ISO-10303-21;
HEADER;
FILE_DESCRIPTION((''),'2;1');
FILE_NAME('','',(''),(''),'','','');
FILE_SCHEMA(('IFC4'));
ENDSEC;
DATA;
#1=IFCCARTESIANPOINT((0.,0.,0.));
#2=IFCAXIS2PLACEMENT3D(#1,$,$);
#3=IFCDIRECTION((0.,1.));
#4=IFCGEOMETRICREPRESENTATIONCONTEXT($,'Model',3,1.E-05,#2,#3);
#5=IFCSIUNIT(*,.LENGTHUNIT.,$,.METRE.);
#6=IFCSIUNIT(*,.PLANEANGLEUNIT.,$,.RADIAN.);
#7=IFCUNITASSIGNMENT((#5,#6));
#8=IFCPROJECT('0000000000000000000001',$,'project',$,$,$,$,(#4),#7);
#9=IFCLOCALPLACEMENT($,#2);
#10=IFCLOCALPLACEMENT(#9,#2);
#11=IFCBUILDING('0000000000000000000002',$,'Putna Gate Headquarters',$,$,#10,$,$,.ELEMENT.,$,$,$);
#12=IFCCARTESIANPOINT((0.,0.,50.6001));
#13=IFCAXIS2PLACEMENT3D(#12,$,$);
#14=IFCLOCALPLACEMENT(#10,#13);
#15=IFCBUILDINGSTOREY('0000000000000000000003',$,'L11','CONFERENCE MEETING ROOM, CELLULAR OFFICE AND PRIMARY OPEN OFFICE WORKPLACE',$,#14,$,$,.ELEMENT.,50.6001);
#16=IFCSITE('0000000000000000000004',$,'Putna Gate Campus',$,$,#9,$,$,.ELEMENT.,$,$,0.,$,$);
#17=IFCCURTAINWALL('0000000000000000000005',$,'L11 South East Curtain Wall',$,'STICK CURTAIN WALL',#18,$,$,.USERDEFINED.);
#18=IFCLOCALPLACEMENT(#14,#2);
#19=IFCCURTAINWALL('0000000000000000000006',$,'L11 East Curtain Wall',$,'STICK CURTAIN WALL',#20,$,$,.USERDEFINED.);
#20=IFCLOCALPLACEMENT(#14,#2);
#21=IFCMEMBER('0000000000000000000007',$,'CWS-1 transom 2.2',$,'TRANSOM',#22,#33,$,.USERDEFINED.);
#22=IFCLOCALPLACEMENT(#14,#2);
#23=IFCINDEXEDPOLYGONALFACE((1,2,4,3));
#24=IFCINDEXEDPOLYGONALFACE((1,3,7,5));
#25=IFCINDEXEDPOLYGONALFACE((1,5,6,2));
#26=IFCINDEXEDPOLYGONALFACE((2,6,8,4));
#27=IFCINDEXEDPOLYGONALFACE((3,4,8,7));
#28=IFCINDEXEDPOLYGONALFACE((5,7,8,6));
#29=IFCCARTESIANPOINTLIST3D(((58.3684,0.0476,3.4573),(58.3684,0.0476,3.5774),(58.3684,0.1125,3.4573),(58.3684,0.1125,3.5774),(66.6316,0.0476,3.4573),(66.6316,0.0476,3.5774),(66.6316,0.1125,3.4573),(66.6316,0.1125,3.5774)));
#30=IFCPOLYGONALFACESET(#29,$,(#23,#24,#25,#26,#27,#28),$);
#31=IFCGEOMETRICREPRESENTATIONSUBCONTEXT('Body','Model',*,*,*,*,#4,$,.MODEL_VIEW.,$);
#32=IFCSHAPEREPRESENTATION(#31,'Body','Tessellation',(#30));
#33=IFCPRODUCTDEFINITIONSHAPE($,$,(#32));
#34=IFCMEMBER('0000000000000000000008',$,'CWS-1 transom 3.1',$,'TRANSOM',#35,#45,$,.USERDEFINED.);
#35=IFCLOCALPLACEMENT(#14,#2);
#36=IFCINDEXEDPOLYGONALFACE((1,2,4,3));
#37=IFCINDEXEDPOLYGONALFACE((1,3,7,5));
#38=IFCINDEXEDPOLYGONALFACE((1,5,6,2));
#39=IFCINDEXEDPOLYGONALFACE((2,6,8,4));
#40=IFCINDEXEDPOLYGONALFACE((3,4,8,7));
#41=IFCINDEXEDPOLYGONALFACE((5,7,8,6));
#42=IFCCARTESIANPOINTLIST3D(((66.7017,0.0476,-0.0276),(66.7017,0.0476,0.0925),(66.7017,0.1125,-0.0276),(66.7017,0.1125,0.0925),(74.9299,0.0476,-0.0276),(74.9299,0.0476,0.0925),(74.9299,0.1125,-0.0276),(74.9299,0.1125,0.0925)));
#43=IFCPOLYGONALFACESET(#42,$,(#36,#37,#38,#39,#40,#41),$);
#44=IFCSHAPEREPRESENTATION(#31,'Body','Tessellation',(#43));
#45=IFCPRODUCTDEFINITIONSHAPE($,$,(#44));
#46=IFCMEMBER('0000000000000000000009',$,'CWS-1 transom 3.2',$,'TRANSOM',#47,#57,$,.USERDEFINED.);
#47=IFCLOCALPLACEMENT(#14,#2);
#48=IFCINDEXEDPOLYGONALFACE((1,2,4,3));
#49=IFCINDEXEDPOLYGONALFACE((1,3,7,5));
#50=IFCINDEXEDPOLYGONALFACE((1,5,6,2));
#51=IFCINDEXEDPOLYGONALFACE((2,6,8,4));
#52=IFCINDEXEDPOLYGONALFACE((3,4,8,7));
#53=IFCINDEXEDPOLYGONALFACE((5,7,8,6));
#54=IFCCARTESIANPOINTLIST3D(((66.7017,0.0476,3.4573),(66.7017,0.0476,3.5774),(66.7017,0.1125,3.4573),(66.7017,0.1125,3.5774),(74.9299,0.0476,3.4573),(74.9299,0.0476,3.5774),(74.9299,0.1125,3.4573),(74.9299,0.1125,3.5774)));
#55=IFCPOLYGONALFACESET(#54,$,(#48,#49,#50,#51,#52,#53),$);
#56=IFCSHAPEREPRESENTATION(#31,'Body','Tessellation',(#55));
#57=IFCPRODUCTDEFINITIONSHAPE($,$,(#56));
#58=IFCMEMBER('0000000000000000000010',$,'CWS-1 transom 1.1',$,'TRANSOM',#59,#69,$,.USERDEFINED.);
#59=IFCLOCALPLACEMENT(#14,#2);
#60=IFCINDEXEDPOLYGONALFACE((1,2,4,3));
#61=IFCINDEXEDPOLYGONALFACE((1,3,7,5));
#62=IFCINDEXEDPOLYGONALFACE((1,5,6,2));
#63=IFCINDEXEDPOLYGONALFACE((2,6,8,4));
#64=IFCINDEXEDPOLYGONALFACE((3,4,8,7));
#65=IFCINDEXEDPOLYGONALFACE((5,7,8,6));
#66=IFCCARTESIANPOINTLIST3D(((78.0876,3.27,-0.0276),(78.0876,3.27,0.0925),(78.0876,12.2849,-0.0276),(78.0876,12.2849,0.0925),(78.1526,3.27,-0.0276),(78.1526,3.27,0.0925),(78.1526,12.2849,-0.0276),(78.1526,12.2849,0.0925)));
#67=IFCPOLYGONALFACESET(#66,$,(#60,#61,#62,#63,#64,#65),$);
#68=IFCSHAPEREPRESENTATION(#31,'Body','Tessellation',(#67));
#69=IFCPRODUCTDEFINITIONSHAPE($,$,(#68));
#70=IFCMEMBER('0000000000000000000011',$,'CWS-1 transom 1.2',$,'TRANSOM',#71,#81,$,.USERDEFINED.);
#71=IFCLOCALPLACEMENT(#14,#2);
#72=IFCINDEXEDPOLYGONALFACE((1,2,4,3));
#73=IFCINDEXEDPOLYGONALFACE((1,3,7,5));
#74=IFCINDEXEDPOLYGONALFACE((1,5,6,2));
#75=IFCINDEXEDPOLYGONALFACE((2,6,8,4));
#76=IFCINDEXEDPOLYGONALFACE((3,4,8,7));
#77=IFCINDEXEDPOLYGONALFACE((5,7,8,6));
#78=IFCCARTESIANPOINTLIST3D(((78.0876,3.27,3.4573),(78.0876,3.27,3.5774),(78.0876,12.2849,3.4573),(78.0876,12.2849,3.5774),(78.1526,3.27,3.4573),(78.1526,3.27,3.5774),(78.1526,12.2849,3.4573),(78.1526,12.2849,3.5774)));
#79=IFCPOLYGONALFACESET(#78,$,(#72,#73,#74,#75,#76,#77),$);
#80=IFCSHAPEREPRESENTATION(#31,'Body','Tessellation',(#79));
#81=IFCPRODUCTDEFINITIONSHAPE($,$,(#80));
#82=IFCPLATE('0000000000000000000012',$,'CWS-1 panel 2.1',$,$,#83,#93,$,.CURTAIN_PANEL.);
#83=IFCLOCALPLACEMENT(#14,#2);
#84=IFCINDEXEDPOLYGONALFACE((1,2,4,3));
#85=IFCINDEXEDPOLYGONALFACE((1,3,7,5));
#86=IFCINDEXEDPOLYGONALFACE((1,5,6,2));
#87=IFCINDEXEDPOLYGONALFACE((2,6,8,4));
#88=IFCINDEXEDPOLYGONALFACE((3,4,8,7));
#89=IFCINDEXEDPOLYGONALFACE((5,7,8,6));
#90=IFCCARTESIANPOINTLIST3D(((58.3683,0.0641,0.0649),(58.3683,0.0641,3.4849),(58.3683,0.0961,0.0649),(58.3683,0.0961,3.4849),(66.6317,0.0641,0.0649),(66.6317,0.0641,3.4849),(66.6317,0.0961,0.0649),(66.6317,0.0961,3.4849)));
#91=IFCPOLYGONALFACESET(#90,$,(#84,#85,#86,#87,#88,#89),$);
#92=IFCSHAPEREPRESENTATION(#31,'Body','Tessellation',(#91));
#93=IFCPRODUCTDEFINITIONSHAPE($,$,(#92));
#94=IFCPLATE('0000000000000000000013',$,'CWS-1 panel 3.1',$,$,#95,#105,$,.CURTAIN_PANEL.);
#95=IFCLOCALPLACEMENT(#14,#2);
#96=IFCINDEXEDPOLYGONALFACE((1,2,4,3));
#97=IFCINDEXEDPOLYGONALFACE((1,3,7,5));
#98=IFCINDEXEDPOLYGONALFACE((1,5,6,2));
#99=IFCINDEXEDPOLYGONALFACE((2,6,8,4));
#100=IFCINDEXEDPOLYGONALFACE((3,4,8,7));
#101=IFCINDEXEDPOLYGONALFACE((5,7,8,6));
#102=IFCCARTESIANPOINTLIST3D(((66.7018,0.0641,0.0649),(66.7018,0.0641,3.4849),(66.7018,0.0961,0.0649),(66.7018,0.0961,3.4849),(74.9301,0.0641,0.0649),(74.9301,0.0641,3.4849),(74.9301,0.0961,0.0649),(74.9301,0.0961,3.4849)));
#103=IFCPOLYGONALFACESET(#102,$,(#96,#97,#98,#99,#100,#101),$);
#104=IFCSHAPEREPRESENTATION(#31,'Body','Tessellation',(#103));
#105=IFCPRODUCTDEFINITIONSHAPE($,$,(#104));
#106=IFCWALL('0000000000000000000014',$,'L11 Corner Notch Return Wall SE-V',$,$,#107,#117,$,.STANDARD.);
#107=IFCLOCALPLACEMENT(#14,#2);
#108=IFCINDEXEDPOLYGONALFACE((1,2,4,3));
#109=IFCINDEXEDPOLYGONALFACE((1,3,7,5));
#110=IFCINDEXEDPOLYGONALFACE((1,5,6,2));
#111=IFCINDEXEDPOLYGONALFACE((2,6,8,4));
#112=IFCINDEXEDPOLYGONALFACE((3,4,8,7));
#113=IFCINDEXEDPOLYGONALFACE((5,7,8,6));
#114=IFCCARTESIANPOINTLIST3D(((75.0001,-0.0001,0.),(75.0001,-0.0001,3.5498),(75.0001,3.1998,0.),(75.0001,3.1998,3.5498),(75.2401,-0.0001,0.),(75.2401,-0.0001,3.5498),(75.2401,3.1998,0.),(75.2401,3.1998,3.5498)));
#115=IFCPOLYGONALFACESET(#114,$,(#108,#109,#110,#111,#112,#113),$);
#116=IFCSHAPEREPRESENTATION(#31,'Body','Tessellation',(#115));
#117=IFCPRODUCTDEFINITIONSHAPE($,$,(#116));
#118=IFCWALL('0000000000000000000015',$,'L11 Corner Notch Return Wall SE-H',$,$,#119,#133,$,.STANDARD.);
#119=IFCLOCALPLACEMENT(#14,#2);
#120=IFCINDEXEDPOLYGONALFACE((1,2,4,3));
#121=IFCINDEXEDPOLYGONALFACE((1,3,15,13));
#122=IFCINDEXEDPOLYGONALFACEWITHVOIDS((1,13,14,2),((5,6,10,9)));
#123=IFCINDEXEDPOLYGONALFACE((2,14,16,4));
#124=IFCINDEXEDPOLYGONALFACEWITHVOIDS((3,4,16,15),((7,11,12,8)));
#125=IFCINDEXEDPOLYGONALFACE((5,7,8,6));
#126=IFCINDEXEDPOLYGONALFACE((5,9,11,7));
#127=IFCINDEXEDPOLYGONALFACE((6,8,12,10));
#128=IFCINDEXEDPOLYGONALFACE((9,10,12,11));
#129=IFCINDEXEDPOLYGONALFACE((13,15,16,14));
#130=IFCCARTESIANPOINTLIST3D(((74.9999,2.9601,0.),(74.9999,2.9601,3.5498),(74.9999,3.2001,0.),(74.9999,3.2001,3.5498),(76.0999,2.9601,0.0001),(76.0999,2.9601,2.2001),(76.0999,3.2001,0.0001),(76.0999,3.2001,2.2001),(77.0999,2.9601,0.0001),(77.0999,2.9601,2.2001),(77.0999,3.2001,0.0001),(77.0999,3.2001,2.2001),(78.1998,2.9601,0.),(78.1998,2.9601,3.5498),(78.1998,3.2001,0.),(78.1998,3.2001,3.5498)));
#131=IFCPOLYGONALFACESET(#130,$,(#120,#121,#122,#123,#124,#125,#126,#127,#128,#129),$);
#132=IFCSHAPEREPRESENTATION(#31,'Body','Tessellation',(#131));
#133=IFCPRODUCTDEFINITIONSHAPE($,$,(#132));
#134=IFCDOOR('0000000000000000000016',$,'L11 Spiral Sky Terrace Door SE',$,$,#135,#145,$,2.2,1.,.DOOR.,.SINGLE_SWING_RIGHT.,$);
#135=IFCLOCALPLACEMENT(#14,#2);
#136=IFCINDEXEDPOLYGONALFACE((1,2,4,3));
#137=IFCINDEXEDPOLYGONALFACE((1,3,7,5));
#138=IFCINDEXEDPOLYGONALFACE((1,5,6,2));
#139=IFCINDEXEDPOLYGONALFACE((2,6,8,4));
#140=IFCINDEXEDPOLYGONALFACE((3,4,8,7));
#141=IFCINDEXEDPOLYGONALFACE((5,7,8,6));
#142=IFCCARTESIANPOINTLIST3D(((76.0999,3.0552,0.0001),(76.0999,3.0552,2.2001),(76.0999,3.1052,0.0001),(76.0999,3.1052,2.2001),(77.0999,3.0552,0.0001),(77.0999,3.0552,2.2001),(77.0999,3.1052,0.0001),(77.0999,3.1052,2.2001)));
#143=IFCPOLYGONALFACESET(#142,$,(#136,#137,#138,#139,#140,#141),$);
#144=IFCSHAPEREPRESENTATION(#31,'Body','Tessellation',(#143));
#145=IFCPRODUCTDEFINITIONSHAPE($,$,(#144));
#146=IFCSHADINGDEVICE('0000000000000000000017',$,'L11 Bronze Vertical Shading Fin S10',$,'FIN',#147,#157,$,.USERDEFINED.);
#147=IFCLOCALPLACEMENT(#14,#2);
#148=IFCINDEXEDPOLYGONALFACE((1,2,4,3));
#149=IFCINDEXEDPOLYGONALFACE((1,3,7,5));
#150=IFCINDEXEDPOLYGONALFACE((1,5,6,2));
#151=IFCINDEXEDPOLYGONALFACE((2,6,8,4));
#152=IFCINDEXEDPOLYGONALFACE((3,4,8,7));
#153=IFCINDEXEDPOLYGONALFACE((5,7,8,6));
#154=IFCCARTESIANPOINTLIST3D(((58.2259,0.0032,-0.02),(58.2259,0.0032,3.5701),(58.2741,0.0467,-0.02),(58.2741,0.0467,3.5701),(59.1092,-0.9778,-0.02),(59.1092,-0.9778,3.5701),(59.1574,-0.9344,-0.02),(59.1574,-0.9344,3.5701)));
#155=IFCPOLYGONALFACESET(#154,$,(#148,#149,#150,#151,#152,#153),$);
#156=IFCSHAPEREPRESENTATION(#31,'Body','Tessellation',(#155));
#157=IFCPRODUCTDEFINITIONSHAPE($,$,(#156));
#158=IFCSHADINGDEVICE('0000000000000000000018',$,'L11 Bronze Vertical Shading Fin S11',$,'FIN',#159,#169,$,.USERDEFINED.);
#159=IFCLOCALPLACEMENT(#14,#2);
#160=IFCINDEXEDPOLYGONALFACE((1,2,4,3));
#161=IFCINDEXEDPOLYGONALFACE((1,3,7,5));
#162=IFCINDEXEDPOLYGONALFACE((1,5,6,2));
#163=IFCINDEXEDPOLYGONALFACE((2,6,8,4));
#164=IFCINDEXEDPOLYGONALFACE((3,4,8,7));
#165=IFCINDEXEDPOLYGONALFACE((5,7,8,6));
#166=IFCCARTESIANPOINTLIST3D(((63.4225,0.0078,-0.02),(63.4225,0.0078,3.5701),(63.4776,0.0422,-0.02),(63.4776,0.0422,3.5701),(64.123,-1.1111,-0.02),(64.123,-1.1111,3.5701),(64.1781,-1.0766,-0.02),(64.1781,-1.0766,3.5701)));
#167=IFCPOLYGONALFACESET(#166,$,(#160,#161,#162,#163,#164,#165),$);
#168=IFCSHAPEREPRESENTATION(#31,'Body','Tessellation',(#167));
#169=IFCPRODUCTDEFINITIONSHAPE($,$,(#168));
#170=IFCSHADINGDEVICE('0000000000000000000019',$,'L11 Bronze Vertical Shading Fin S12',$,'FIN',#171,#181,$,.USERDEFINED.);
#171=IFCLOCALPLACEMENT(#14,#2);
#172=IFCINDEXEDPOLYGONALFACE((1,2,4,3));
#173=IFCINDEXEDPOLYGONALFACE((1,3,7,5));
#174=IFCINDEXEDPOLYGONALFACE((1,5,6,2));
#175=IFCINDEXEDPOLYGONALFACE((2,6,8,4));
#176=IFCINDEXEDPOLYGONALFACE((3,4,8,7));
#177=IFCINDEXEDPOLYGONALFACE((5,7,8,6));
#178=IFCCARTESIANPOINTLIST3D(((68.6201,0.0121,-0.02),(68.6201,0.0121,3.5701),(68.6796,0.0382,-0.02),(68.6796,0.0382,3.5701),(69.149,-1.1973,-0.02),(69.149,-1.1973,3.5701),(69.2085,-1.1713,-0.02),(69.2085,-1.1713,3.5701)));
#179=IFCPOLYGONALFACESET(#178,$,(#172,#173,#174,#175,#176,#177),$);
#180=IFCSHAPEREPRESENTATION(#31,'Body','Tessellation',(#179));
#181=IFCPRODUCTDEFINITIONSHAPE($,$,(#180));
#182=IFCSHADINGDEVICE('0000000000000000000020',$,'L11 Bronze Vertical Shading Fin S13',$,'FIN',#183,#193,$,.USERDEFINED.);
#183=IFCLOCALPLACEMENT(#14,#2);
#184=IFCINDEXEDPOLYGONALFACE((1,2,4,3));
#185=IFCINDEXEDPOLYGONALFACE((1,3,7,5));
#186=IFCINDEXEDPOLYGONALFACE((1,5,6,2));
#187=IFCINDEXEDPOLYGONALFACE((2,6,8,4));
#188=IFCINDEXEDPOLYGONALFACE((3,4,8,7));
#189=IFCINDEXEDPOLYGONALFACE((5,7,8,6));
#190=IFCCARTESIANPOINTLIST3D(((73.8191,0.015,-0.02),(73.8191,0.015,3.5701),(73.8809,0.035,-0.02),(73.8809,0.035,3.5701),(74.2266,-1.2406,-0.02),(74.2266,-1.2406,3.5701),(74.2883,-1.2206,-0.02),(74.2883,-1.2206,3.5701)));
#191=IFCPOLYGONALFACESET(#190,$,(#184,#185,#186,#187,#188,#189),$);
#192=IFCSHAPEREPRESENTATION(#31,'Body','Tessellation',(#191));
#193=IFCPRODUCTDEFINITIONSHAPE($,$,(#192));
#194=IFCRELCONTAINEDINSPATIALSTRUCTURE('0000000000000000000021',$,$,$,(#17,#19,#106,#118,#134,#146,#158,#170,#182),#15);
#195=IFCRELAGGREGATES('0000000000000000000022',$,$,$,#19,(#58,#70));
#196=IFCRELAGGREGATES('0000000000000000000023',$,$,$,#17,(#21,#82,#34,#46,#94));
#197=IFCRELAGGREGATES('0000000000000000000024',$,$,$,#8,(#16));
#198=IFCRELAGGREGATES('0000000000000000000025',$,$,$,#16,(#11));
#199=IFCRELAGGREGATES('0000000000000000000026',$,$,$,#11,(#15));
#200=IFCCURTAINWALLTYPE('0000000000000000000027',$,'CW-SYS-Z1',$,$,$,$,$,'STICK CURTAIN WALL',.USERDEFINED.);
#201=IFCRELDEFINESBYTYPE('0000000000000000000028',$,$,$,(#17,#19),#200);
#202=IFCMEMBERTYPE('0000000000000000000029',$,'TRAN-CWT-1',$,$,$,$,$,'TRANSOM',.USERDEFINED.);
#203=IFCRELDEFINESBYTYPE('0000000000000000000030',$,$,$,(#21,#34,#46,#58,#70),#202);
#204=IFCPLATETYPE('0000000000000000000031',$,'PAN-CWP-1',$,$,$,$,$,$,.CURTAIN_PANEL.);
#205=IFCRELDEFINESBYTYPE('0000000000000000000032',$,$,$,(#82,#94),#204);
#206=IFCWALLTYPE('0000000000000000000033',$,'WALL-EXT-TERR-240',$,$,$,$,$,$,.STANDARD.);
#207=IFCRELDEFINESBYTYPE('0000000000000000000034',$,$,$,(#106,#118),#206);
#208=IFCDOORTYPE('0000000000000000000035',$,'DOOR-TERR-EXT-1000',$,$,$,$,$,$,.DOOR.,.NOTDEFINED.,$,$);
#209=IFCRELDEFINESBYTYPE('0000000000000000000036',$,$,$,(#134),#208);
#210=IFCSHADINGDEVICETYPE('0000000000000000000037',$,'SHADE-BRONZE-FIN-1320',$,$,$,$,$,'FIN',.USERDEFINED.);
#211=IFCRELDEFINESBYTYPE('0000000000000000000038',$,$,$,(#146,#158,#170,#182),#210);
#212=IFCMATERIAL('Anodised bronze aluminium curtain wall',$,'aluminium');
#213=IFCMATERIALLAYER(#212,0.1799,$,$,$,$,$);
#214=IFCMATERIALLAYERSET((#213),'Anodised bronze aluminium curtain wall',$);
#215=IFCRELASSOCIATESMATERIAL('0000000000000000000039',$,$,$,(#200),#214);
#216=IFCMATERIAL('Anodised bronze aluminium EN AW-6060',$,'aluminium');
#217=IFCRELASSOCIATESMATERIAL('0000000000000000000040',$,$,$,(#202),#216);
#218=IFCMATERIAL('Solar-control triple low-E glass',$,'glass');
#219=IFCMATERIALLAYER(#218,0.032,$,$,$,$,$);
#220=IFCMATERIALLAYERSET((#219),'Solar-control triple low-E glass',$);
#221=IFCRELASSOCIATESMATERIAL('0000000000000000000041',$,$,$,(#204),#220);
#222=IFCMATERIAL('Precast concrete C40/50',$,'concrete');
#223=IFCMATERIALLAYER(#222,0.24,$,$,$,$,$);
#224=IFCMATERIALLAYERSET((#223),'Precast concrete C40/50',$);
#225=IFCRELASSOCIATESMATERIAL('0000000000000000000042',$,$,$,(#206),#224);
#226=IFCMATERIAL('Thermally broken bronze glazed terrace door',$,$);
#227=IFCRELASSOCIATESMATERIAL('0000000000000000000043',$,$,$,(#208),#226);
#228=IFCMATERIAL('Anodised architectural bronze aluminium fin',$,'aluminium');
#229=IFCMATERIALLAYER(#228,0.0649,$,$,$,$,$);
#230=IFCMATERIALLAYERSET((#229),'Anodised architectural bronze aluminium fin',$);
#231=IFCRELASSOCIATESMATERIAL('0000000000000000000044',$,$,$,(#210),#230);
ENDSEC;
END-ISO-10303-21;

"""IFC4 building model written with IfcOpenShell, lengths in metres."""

from ifc_helpers import new_model, si_unit, direction, frame, frame_2d, origin, origin_2d, place, context, subcontext, project, spatial, rectangle, extrude, material, layer, layer_set, material_profile, profile_set, type_object, element, fill, aggregate, save


model = new_model("IFC4")

# Units and contexts
model_context = context("Model", 3, precision=1e-05, world=origin(), true_north=direction((0.0, 1.0)))
body_context = subcontext(model_context, "Body", "Model", "MODEL_VIEW")
ifc_project = project(units=[si_unit("LENGTHUNIT", "METRE"), si_unit("PLANEANGLEUNIT", "RADIAN")], contexts=[model_context])

# Site, building, storey
site_placement = place(None, origin())
site = spatial("IfcSite", under=ifc_project, at=site_placement, Name="Putna Gate Campus", CompositionType="ELEMENT", RefElevation=0.0)
building_placement = place(site_placement, origin())
building = spatial("IfcBuilding", under=site, at=building_placement, Name="Putna Gate Headquarters", CompositionType="ELEMENT")
storey_placement = place(building_placement, frame((0.0, 0.0, 50.6001)))
storey = spatial("IfcBuildingStorey", under=building, at=storey_placement, Name="L11", Description="CONFERENCE MEETING ROOM, CELLULAR OFFICE AND PRIMARY OPEN OFFICE WORKPLACE", CompositionType="ELEMENT", Elevation=50.6001)

# Curtain wall
ifc_material_1 = material(Name="Anodised bronze aluminium curtain wall", Category="aluminium")
ifc_layer_1 = layer(ifc_material_1, 0.1799)
ifc_layer_set_1 = layer_set([ifc_layer_1], Name="Anodised bronze aluminium curtain wall")
curtain_wall_type = type_object("IfcCurtainWallType", Name="CW-SYS-Z1", ElementType="STICK CURTAIN WALL", PredefinedType="USERDEFINED", material=ifc_layer_set_1)
curtain_wall_1_placement = place(storey_placement, origin())
curtain_wall_1 = element("IfcCurtainWall", 1, at=curtain_wall_1_placement, inside=storey, type_object=curtain_wall_type, Name="L11 South East Curtain Wall", ObjectType="STICK CURTAIN WALL", PredefinedType="USERDEFINED")
ifc_material_2 = material(Name="Anodised bronze aluminium EN AW-6060", Category="aluminium")

# Curtain wall
curtain_wall_2_placement = place(storey_placement, origin())
curtain_wall_2 = element("IfcCurtainWall", 2, at=curtain_wall_2_placement, inside=storey, type_object=curtain_wall_type, Name="L11 East Curtain Wall", ObjectType="STICK CURTAIN WALL", PredefinedType="USERDEFINED")

# Members
ifc_material_profile_1 = material_profile(ifc_material_2, rectangle(XDim=0.0649, YDim=0.1201, at=origin_2d()), Name="Anodised bronze aluminium EN AW-6060")
ifc_profile_set_1 = profile_set([ifc_material_profile_1], Name="Anodised bronze aluminium EN AW-6060")
member_type_1 = type_object("IfcMemberType", Name="TRAN-CWT-1", ElementType="TRANSOM", PredefinedType="USERDEFINED", material=ifc_profile_set_1)
member_1_placement = place(storey_placement, frame((58.3684, 0.0801, 3.5173), z_axis=(1.0, 0.0, 0.0), x_axis=(0.0, 1.0, 0.0)))
member_1 = element("IfcMember", 3, at=member_1_placement, type_object=member_type_1, Name="CWS-1 transom 2.2", ObjectType="TRANSOM", PredefinedType="USERDEFINED", context=body_context, shape_type="SweptSolid", body=[
    extrude(rectangle(XDim=0.0649, YDim=0.1201, at=origin_2d()), origin(), (0.0, 0.0, 1.0), 8.2632),
])
member_2_placement = place(storey_placement, frame((66.7017, 0.0801, 0.0325), z_axis=(1.0, 0.0, 0.0), x_axis=(0.0, 1.0, 0.0)))
member_2 = element("IfcMember", 4, at=member_2_placement, type_object=member_type_1, Name="CWS-1 transom 3.1", ObjectType="TRANSOM", PredefinedType="USERDEFINED", context=body_context, shape_type="SweptSolid", body=[
    extrude(rectangle(XDim=0.0649, YDim=0.1201, at=origin_2d()), origin(), (0.0, 0.0, 1.0), 8.2283),
])
member_3_placement = place(storey_placement, frame((66.7017, 0.0801, 3.5173), z_axis=(1.0, 0.0, 0.0), x_axis=(0.0, 1.0, 0.0)))
member_3 = element("IfcMember", 5, at=member_3_placement, type_object=member_type_1, Name="CWS-1 transom 3.2", ObjectType="TRANSOM", PredefinedType="USERDEFINED", context=body_context, shape_type="SweptSolid", body=[
    extrude(rectangle(XDim=0.0649, YDim=0.1201, at=origin_2d()), origin(), (0.0, 0.0, 1.0), 8.2283),
])
member_4_placement = place(storey_placement, frame((78.1201, 3.27, 0.0325), z_axis=(0.0, 1.0, 0.0), x_axis=(-1.0, 0.0, 0.0)))
member_4 = element("IfcMember", 6, at=member_4_placement, type_object=member_type_1, Name="CWS-1 transom 1.1", ObjectType="TRANSOM", PredefinedType="USERDEFINED", context=body_context, shape_type="SweptSolid", body=[
    extrude(rectangle(XDim=0.0649, YDim=0.1201, at=origin_2d()), origin(), (0.0, 0.0, 1.0), 9.0149),
])
member_5_placement = place(storey_placement, frame((78.1201, 3.27, 3.5173), z_axis=(0.0, 1.0, 0.0), x_axis=(-1.0, 0.0, 0.0)))
member_5 = element("IfcMember", 7, at=member_5_placement, type_object=member_type_1, Name="CWS-1 transom 1.2", ObjectType="TRANSOM", PredefinedType="USERDEFINED", context=body_context, shape_type="SweptSolid", body=[
    extrude(rectangle(XDim=0.0649, YDim=0.1201, at=origin_2d()), origin(), (0.0, 0.0, 1.0), 9.0149),
])
aggregate(curtain_wall_2, [member_4, member_5])

# Plates
ifc_material_3 = material(Name="Solar-control triple low-E glass", Category="glass")
ifc_layer_2 = layer(ifc_material_3, 0.032)
ifc_layer_set_2 = layer_set([ifc_layer_2], Name="Solar-control triple low-E glass")
plate_type = type_object("IfcPlateType", Name="PAN-CWP-1", PredefinedType="CURTAIN_PANEL", material=ifc_layer_set_2)
plate_1_placement = place(storey_placement, frame((62.5, 0.0801, 0.0649), z_axis=(0.0, 0.0, 1.0), x_axis=(1.0, 0.0, 0.0)))
plate_1 = element("IfcPlate", 8, at=plate_1_placement, type_object=plate_type, Name="CWS-1 panel 2.1", PredefinedType="CURTAIN_PANEL", context=body_context, shape_type="SweptSolid", body=[
    extrude(rectangle(XDim=8.2634, YDim=0.032, at=origin_2d()), origin(), (0.0, 0.0, 1.0), 3.4199),
])
plate_2_placement = place(storey_placement, frame((70.8159, 0.0801, 0.0649), z_axis=(0.0, 0.0, 1.0), x_axis=(1.0, 0.0, 0.0)))
plate_2 = element("IfcPlate", 9, at=plate_2_placement, type_object=plate_type, Name="CWS-1 panel 3.1", PredefinedType="CURTAIN_PANEL", context=body_context, shape_type="SweptSolid", body=[
    extrude(rectangle(XDim=8.2283, YDim=0.032, at=origin_2d()), origin(), (0.0, 0.0, 1.0), 3.4199),
])
aggregate(curtain_wall_1, [member_1, plate_1, member_2, member_3, plate_2])

# Wall
ifc_material_4 = material(Name="Precast concrete C40/50", Category="concrete")
ifc_layer_3 = layer(ifc_material_4, 0.24)
ifc_layer_set_3 = layer_set([ifc_layer_3], Name="Precast concrete C40/50")
wall_type = type_object("IfcWallType", Name="WALL-EXT-TERR-240", PredefinedType="STANDARD", material=ifc_layer_set_3)
wall_1_placement = place(storey_placement, frame((75.1201, 3.2, 0.0), z_axis=(0.0, 0.0, 1.0), x_axis=(0.0, -1.0, 0.0)))
element("IfcWall", 10, at=wall_1_placement, inside=storey, type_object=wall_type, Name="L11 Corner Notch Return Wall SE-V", PredefinedType="STANDARD", context=body_context, shape_type="SweptSolid", body=[
    extrude(rectangle(XDim=3.2, YDim=0.24, at=frame_2d((1.6001, 0.0))), origin(), (0.0, 0.0, 1.0), 3.5498),
])

# Wall, opening, door
wall_2_placement = place(storey_placement, frame((78.2, 3.0801, 0.0), z_axis=(0.0, 0.0, 1.0), x_axis=(-1.0, 0.0, 0.0)))
wall_2 = element("IfcWall", 11, at=wall_2_placement, inside=storey, type_object=wall_type, Name="L11 Corner Notch Return Wall SE-H", PredefinedType="STANDARD", context=body_context, shape_type="SweptSolid", body=[
    extrude(rectangle(XDim=3.2, YDim=0.24, at=frame_2d((1.6001, 0.0))), origin(), (0.0, 0.0, 1.0), 3.5498),
])
opening_placement = place(wall_2_placement, frame((1.1001, 0.0, 0.0)))
opening = element("IfcOpeningElement", 12, at=opening_placement, cuts=wall_2, PredefinedType="OPENING", context=body_context, shape_type="SweptSolid", body=[
    extrude(rectangle(XDim=1.0, YDim=2.2, at=frame_2d((0.5, 1.1001))), frame((0.0, 0.1299, 0.0), z_axis=(0.0, -1.0, 0.0), x_axis=(1.0, 0.0, 0.0)), (0.0, 0.0, 1.0), 0.26),
])
ifc_material_5 = material(Name="Thermally broken bronze glazed terrace door")
door_type = type_object("IfcDoorType", Name="DOOR-TERR-EXT-1000", OperationType="NOTDEFINED", PredefinedType="DOOR", material=ifc_material_5)
door_placement = place(opening_placement, origin())
door = element("IfcDoor", 13, at=door_placement, inside=storey, type_object=door_type, Name="L11 Spiral Sky Terrace Door SE", OperationType="SINGLE_SWING_RIGHT", OverallHeight=2.2, OverallWidth=1.0, PredefinedType="DOOR", context=body_context, shape_type="SweptSolid", body=[
    extrude(rectangle(XDim=1.0, YDim=2.2, at=frame_2d((0.5, 1.1001))), frame((0.0, 0.0249, 0.0), z_axis=(0.0, -1.0, 0.0), x_axis=(1.0, 0.0, 0.0)), (0.0, 0.0, 1.0), 0.05),
])
fill(opening, door)

# Shading devices
ifc_material_6 = material(Name="Anodised architectural bronze aluminium fin", Category="aluminium")
ifc_layer_4 = layer(ifc_material_6, 0.0649)
ifc_layer_set_4 = layer_set([ifc_layer_4], Name="Anodised architectural bronze aluminium fin")
shading_device_type = type_object("IfcShadingDeviceType", Name="SHADE-BRONZE-FIN-1320", ElementType="FIN", PredefinedType="USERDEFINED", material=ifc_layer_set_4)
for number, where, z_axis, x_axis, name in (
    (14, (58.6917, -0.4656, -0.02), (0.0, 0.0, 1.0), (0.669131, -0.743145, 0.0), "L11 Bronze Vertical Shading Fin S10"),
    (15, (63.8003, -0.5344, -0.02), (0.0, 0.0, 1.0), (0.530659, -0.847585, 0.0), "L11 Bronze Vertical Shading Fin S11"),
    (16, (68.9143, -0.5796, -0.02), (0.0, 0.0, 1.0), (0.400669, -0.916223, 0.0), "L11 Bronze Vertical Shading Fin S12"),
    (17, (74.0537, -0.6028, -0.02), (0.0, 0.0, 1.0), (0.308685, -0.951164, 0.0), "L11 Bronze Vertical Shading Fin S13"),
):
    element("IfcShadingDevice", number, at=place(storey_placement, frame(where, z_axis=z_axis, x_axis=x_axis)), inside=storey, type_object=shading_device_type, Name=name, ObjectType="FIN", PredefinedType="USERDEFINED", context=body_context, shape_type="SweptSolid", body=[
        extrude(rectangle(XDim=1.3201, YDim=0.0649, at=origin_2d()), origin(), (0.0, 0.0, 1.0), 3.5901),
    ])

save(model, "model.ifc")
